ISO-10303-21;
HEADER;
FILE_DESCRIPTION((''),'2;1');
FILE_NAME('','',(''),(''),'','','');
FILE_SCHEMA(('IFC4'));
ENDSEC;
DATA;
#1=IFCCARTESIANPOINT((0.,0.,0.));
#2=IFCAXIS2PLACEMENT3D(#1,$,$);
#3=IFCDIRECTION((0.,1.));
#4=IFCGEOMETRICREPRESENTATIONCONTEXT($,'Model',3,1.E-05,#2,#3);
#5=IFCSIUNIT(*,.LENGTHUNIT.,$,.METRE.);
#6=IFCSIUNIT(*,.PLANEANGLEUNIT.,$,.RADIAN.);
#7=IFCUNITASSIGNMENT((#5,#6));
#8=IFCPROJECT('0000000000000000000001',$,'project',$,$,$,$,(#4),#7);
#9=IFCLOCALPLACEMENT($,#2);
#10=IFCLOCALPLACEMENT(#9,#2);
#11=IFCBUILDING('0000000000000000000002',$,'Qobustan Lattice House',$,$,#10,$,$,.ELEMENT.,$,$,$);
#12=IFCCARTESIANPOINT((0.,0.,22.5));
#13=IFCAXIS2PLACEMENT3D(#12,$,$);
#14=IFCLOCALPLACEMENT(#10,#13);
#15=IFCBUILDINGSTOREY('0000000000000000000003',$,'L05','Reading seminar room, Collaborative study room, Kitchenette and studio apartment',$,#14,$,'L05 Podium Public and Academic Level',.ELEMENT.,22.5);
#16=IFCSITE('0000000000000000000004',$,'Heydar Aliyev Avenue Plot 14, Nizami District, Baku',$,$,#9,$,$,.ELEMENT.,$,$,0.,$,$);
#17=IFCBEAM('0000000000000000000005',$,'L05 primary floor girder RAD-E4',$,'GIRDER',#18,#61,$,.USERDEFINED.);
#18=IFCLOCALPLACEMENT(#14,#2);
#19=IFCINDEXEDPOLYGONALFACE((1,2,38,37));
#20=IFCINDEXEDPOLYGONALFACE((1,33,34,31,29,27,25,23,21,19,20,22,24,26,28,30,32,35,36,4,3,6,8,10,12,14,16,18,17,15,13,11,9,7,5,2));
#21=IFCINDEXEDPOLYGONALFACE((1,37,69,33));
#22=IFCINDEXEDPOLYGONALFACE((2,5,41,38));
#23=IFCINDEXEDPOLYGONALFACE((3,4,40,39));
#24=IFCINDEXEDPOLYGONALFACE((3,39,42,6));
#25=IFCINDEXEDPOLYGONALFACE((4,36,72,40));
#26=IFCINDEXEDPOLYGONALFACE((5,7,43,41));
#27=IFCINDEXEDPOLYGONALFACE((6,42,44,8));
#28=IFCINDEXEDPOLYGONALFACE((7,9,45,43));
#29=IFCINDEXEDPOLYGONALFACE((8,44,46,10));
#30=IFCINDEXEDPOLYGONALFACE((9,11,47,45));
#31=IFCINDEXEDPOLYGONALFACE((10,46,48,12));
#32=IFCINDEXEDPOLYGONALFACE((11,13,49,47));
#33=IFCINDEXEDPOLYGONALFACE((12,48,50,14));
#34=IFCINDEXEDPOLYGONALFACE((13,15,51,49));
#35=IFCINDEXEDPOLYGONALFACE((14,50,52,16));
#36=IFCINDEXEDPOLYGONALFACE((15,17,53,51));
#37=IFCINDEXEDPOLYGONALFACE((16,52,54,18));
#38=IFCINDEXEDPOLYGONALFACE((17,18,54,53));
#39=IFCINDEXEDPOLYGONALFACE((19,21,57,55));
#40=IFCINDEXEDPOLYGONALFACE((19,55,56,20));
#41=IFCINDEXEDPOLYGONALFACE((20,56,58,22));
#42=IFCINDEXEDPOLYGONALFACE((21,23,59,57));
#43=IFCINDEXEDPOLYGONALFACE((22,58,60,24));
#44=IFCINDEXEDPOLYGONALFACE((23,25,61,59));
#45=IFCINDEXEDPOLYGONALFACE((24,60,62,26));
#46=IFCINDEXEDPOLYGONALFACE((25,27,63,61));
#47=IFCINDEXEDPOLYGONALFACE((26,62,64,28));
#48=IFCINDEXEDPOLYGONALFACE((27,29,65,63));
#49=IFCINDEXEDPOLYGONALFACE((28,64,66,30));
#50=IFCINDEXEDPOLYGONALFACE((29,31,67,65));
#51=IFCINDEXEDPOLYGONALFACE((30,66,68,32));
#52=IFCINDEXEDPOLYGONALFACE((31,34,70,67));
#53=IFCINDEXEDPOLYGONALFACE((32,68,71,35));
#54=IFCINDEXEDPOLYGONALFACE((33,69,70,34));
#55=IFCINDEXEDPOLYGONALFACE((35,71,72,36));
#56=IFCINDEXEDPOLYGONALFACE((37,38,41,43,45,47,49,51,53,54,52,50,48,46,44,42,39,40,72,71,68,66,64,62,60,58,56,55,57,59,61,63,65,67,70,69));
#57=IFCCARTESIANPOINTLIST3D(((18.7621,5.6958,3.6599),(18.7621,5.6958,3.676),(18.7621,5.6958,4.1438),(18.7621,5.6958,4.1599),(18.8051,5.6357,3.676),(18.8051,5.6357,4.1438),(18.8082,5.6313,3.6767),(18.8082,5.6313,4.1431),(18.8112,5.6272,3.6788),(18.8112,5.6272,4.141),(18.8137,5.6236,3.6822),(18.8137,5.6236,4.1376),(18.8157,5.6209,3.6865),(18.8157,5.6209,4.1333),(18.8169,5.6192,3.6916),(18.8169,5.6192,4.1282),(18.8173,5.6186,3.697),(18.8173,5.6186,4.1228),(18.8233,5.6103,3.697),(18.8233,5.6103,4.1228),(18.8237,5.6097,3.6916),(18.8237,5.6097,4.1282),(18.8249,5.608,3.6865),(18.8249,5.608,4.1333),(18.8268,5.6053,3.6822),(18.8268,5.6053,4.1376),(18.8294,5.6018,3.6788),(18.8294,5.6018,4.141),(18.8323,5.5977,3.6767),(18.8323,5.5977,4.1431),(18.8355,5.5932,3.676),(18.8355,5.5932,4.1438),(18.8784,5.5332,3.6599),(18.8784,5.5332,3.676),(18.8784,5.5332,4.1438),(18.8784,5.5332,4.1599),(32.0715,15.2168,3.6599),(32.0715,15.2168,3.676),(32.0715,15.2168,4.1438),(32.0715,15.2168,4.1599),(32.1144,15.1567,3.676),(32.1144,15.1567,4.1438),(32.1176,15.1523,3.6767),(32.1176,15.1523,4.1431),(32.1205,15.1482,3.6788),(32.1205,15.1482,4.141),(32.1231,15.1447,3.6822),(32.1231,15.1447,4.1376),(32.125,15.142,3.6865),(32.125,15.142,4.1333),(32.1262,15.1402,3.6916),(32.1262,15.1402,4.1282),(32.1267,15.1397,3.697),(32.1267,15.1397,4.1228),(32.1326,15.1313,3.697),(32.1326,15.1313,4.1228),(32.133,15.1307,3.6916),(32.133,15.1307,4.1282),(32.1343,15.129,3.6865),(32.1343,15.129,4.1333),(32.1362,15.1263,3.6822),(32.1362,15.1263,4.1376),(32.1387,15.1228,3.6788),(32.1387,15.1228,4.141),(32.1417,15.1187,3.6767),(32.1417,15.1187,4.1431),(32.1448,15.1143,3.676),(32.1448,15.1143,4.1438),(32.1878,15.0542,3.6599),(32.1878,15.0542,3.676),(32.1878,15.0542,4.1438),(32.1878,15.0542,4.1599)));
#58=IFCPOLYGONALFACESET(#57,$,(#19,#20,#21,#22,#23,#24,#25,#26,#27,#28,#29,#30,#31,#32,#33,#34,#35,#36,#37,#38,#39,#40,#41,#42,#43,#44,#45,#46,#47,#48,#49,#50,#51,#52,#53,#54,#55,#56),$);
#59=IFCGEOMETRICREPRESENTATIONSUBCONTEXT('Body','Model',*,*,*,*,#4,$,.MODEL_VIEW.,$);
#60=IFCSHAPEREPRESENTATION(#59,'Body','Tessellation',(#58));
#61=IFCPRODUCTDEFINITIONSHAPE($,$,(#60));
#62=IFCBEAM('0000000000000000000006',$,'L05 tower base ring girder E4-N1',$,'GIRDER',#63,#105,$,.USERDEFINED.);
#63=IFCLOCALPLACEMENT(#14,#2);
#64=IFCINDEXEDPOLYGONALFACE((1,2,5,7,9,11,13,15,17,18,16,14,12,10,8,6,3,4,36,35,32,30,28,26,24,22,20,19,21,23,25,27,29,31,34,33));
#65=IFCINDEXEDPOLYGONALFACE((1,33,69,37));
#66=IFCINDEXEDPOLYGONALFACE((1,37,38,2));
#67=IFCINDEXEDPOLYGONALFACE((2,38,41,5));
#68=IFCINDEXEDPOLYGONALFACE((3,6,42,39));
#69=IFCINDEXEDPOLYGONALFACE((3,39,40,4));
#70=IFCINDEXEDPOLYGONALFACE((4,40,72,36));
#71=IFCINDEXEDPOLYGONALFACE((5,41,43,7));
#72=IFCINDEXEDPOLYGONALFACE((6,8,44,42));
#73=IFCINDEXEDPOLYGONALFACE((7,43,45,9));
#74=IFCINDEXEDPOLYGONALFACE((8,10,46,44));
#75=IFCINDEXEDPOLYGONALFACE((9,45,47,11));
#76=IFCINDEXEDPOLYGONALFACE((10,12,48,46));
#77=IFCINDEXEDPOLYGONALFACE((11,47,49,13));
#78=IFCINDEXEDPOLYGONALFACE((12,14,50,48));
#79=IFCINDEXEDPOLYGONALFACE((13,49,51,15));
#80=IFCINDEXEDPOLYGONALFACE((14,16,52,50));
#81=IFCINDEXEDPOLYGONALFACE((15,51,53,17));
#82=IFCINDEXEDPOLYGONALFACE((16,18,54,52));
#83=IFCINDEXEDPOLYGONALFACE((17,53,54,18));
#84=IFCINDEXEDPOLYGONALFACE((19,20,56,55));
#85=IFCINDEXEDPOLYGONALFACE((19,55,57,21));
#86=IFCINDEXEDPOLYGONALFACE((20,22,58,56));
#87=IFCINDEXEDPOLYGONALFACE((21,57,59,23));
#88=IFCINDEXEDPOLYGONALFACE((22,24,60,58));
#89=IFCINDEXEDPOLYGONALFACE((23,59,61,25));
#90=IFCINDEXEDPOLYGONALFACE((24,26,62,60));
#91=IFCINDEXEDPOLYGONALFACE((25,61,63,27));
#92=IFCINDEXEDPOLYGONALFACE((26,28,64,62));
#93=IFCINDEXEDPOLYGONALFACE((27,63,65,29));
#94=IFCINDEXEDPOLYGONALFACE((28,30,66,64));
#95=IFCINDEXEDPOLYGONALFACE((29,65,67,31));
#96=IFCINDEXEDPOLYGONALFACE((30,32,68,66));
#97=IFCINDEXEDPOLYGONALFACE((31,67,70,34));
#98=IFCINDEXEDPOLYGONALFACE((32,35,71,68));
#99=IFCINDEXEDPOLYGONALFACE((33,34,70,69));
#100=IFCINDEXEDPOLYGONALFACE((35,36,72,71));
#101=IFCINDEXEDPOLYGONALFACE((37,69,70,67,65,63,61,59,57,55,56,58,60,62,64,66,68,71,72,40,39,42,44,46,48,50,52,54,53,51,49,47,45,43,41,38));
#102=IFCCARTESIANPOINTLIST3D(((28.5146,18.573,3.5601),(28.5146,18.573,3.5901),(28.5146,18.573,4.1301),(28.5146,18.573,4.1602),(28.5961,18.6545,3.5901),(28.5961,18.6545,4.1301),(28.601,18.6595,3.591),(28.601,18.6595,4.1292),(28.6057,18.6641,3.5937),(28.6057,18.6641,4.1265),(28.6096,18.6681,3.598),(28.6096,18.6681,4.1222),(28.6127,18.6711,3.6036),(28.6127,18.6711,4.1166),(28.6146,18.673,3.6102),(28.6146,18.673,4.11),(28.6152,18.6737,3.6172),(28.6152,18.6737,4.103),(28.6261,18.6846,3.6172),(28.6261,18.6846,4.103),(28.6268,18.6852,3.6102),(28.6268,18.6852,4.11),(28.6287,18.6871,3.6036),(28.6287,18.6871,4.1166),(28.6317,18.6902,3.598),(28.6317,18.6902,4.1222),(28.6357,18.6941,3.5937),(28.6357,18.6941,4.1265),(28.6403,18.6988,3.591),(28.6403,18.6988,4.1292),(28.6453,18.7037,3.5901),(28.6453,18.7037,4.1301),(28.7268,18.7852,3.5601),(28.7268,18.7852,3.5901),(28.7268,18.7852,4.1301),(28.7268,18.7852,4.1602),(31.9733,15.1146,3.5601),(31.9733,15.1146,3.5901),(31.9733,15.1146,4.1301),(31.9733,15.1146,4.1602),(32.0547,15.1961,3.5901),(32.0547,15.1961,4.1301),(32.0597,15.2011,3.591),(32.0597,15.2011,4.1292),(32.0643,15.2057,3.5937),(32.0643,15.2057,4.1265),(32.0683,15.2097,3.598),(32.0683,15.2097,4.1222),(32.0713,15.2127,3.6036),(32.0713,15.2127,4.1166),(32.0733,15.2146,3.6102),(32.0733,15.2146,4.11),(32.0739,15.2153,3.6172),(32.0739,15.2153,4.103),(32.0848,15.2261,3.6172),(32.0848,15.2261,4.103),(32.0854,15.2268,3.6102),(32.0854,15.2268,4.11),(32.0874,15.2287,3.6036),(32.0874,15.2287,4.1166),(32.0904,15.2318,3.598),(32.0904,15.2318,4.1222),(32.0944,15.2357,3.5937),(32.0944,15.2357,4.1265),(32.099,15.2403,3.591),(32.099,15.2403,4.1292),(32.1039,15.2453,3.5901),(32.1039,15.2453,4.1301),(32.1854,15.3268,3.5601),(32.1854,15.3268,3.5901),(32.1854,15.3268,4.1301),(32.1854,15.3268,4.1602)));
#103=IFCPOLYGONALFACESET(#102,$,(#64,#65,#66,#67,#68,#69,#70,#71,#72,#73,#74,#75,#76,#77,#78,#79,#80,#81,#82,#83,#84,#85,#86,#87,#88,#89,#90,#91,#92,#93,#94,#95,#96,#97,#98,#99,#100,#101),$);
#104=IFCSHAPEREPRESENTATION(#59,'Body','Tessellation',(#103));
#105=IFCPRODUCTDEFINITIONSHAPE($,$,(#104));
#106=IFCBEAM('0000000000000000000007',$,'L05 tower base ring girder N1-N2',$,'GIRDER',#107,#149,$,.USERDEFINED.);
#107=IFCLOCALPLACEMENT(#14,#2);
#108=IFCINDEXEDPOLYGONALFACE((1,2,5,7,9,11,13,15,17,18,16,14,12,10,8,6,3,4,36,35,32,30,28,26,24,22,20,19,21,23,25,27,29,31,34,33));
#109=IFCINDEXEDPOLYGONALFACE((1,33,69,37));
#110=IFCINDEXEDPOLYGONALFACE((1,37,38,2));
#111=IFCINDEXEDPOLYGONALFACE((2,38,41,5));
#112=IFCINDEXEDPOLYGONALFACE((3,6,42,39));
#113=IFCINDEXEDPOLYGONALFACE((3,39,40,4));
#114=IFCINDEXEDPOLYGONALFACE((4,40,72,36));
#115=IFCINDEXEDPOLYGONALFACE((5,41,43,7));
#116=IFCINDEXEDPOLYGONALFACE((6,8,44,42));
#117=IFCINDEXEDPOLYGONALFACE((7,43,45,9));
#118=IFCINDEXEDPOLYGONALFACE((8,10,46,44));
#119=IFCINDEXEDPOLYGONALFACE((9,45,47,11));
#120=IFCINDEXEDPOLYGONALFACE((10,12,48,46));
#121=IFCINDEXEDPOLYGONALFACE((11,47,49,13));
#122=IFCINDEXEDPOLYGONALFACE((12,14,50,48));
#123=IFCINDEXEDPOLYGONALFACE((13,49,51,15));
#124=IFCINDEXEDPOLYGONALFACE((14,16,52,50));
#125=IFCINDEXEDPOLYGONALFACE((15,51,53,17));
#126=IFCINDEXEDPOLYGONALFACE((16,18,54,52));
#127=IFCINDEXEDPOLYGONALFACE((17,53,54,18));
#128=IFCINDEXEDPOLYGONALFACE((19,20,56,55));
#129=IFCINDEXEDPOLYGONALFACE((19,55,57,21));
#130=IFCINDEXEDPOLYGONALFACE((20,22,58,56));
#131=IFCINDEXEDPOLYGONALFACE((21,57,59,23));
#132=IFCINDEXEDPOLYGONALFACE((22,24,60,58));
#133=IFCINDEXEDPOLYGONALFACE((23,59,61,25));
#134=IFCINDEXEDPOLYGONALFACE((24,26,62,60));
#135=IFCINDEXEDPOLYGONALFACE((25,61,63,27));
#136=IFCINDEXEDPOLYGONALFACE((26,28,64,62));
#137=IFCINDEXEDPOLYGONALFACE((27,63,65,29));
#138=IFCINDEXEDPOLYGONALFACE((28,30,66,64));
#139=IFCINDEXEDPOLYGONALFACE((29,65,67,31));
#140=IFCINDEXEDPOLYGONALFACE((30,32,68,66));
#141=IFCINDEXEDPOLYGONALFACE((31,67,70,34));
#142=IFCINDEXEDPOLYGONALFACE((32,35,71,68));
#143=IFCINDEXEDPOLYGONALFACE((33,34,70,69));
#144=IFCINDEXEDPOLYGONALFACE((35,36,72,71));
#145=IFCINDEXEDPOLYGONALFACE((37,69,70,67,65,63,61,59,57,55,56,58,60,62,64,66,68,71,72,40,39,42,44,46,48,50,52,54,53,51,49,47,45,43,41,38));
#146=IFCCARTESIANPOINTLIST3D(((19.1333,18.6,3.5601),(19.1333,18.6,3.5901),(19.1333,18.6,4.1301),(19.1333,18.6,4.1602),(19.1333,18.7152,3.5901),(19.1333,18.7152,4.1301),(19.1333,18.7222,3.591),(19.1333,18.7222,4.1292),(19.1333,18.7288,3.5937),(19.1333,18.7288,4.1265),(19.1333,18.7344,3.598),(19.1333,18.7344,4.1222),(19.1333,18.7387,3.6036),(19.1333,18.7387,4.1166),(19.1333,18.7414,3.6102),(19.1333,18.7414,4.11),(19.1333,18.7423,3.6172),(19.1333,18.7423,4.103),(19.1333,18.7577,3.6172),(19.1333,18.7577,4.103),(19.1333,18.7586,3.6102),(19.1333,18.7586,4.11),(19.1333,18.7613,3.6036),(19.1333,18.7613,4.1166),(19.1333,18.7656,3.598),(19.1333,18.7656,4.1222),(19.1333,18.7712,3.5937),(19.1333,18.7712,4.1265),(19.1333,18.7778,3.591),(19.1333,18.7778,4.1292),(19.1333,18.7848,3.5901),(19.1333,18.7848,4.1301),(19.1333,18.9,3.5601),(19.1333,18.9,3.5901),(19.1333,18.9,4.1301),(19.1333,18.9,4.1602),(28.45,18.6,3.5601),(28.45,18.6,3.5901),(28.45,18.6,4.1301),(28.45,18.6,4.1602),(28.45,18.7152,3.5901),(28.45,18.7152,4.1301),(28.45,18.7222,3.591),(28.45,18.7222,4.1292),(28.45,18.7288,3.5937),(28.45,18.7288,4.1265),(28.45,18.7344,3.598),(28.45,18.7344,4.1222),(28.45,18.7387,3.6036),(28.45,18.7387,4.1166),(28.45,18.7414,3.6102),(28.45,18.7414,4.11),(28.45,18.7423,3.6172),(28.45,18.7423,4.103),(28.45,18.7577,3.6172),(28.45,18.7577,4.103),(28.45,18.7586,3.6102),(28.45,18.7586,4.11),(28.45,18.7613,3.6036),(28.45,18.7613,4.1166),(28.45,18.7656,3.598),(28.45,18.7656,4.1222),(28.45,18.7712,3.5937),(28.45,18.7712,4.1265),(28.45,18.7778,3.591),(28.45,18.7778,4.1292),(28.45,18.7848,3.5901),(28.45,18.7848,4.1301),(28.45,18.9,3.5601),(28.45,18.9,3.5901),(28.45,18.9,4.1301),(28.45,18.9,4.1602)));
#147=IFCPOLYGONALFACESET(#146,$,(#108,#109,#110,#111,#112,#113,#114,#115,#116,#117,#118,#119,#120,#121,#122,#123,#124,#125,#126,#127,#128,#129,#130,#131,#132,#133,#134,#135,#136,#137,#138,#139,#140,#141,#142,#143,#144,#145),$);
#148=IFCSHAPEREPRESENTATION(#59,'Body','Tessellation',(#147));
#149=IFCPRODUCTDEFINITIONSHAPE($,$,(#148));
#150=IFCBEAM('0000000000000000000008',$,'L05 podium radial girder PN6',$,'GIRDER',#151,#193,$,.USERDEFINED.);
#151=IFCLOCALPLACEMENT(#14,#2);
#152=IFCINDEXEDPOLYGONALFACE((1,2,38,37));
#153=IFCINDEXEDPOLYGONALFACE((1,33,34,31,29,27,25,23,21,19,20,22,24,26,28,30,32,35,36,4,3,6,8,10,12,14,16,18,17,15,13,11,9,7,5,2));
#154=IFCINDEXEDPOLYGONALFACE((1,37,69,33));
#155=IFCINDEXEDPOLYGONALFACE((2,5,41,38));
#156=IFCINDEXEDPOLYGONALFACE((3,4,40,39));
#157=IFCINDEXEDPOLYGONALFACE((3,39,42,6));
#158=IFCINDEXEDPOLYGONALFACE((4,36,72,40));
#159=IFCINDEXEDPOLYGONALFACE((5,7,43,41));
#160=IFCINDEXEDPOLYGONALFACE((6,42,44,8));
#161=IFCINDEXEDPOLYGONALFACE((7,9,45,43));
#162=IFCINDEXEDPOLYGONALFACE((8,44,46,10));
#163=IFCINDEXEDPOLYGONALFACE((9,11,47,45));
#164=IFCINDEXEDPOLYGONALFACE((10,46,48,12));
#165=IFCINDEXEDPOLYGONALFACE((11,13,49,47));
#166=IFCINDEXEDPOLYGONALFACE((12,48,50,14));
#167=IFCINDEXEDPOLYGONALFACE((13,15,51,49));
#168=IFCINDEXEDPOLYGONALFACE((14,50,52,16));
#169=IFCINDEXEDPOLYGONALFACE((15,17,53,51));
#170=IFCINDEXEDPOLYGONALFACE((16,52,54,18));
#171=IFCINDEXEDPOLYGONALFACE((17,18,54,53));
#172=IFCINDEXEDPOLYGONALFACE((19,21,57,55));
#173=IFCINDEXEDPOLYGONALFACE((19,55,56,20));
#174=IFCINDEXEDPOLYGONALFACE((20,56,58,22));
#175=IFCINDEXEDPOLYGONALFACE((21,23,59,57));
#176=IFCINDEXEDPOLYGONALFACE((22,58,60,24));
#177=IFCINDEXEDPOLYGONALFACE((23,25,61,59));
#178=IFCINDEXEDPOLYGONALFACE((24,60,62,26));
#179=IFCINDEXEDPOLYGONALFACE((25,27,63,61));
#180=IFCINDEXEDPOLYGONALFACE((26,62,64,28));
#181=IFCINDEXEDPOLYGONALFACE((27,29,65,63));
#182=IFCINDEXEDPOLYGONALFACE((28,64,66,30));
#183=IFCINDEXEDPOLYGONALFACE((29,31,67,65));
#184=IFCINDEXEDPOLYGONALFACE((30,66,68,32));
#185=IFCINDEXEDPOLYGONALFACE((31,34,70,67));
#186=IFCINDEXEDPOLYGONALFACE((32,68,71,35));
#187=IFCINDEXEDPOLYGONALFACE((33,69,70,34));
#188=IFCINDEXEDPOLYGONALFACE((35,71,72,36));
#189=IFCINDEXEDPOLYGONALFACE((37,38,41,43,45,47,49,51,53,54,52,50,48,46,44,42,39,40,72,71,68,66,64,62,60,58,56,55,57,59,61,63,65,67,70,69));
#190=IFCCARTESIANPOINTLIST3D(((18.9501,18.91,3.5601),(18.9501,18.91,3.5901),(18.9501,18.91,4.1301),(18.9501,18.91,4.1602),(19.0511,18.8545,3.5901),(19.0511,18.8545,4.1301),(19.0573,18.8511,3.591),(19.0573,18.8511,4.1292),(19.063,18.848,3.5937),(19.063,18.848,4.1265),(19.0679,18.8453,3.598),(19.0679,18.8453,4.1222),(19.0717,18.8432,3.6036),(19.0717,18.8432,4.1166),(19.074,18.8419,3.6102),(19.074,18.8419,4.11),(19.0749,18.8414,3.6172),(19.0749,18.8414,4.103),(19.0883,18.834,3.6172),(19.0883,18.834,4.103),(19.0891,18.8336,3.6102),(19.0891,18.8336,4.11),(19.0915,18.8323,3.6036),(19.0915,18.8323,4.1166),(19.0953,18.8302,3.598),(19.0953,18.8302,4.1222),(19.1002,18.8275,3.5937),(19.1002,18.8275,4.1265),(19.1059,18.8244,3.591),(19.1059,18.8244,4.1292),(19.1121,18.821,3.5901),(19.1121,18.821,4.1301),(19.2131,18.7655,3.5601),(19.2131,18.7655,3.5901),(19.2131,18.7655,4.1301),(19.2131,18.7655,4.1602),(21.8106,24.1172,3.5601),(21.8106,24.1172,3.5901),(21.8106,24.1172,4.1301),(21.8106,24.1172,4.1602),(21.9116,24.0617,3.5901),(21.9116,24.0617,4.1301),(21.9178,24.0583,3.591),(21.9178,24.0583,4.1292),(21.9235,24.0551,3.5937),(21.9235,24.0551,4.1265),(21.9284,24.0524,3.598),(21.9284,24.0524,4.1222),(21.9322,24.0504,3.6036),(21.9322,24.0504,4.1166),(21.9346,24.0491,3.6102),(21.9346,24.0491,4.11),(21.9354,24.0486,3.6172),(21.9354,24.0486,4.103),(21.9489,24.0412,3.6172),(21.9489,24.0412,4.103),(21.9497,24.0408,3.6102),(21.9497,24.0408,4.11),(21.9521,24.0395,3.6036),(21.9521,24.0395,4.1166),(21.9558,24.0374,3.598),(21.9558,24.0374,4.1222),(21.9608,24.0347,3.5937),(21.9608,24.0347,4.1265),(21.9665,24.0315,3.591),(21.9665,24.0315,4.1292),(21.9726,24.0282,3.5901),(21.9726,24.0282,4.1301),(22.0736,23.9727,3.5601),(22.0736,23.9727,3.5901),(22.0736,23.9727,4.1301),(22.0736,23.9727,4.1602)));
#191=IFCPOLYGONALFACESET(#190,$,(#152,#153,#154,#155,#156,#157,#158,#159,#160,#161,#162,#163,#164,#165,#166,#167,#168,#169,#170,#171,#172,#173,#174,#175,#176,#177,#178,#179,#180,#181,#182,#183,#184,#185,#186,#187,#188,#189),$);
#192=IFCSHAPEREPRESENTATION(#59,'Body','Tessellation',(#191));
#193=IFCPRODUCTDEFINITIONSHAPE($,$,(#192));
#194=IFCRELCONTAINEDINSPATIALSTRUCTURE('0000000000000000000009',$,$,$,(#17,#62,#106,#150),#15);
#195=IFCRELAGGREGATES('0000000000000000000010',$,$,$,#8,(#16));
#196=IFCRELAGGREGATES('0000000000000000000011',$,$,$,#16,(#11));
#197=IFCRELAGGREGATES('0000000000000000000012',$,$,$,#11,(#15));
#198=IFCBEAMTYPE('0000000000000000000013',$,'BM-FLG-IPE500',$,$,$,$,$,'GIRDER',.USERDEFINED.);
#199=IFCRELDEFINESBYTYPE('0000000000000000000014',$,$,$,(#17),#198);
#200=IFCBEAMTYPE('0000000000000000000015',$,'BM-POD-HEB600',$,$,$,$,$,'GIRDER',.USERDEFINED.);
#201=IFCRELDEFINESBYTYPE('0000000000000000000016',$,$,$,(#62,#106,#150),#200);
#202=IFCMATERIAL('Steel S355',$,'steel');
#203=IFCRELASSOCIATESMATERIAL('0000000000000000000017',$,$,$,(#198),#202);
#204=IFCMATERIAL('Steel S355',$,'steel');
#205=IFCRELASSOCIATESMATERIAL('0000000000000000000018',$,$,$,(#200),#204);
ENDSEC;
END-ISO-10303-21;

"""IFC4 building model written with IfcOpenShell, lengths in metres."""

from ifc_helpers import new_model, si_unit, direction, frame, origin, origin_2d, place, context, subcontext, project, spatial, i_section, extrude, material, material_profile, profile_set, type_object, element, save


model = new_model("IFC4")

# Units and contexts
model_context = context("Model", 3, precision=1e-05, world=origin(), true_north=direction((0.0, 1.0)))
body_context = subcontext(model_context, "Body", "Model", "MODEL_VIEW")
ifc_project = project(units=[si_unit("LENGTHUNIT", "METRE"), si_unit("PLANEANGLEUNIT", "RADIAN")], contexts=[model_context])

# Site, building, storey
site_placement = place(None, origin())
site = spatial("IfcSite", under=ifc_project, at=site_placement, Name="Heydar Aliyev Avenue Plot 14, Nizami District, Baku", CompositionType="ELEMENT", RefElevation=0.0)
building_placement = place(site_placement, origin())
building = spatial("IfcBuilding", under=site, at=building_placement, Name="Qobustan Lattice House", CompositionType="ELEMENT")
storey_placement = place(building_placement, frame((0.0, 0.0, 22.5)))
storey = spatial("IfcBuildingStorey", under=building, at=storey_placement, Name="L05", Description="Reading seminar room, Collaborative study room, Kitchenette and studio apartment", LongName="L05 Podium Public and Academic Level", CompositionType="ELEMENT", Elevation=22.5)

# Beams
ifc_material_1 = material(Name="Steel S355", Category="steel")
ifc_material_profile_1 = material_profile(ifc_material_1, i_section(OverallWidth=0.2, OverallDepth=0.5, WebThickness=0.0103, FlangeThickness=0.0161, FilletRadius=0.021, at=origin_2d()), Name="IPE500")
ifc_profile_set_1 = profile_set([ifc_material_profile_1], Name="Steel S355")
beam_type_1 = type_object("IfcBeamType", Name="BM-FLG-IPE500", ElementType="GIRDER", PredefinedType="USERDEFINED", material=ifc_profile_set_1)
beam_1_placement = place(storey_placement, frame((32.1296, 15.1355, 3.9099), z_axis=(-0.813319, -0.581818, 0.0), x_axis=(0.581818, -0.813319, 0.0)))
element("IfcBeam", 1, at=beam_1_placement, inside=storey, type_object=beam_type_1, Name="L05 primary floor girder RAD-E4", ObjectType="GIRDER", PredefinedType="USERDEFINED", context=body_context, shape_type="SweptSolid", body=[
    extrude(i_section(OverallWidth=0.2, OverallDepth=0.5, WebThickness=0.0103, FlangeThickness=0.0161, FilletRadius=0.021, at=origin_2d()), origin(), (0.0, 0.0, 1.0), 16.3643),
])
ifc_material_2 = material(Name="Steel S355", Category="steel")
ifc_material_profile_2 = material_profile(ifc_material_2, i_section(OverallWidth=0.3, OverallDepth=0.6001, WebThickness=0.0154, FlangeThickness=0.03, FilletRadius=0.0271, at=origin_2d()), Name="HEB600")
ifc_profile_set_2 = profile_set([ifc_material_profile_2], Name="Steel S355")
beam_type_2 = type_object("IfcBeamType", Name="BM-POD-HEB600", ElementType="GIRDER", PredefinedType="USERDEFINED", material=ifc_profile_set_2)
beam_2_placement = place(storey_placement, frame((32.0793, 15.2207, 3.8601), z_axis=(-0.707132, 0.707082, 0.0), x_axis=(-0.707082, -0.707132, 0.0)))
element("IfcBeam", 2, at=beam_2_placement, inside=storey, type_object=beam_type_2, Name="L05 tower base ring girder E4-N1", ObjectType="GIRDER", PredefinedType="USERDEFINED", context=body_context, shape_type="SweptSolid", body=[
    extrude(i_section(OverallWidth=0.3, OverallDepth=0.6001, WebThickness=0.0154, FlangeThickness=0.03, FilletRadius=0.0271, at=origin_2d()), origin(), (0.0, 0.0, 1.0), 4.8911),
])
beam_3_placement = place(storey_placement, frame((28.45, 18.75, 3.8601), z_axis=(-1.0, 0.0, 0.0), x_axis=(0.0, -1.0, 0.0)))
element("IfcBeam", 3, at=beam_3_placement, inside=storey, type_object=beam_type_2, Name="L05 tower base ring girder N1-N2", ObjectType="GIRDER", PredefinedType="USERDEFINED", context=body_context, shape_type="SweptSolid", body=[
    extrude(i_section(OverallWidth=0.3, OverallDepth=0.6001, WebThickness=0.0154, FlangeThickness=0.03, FilletRadius=0.0271, at=origin_2d()), origin(), (0.0, 0.0, 1.0), 9.3167),
])
beam_4_placement = place(storey_placement, frame((21.9421, 24.0449, 3.8601), z_axis=(-0.481479, -0.876458, 0.0), x_axis=(0.876458, -0.481479, 0.0)))
element("IfcBeam", 4, at=beam_4_placement, inside=storey, type_object=beam_type_2, Name="L05 podium radial girder PN6", ObjectType="GIRDER", PredefinedType="USERDEFINED", context=body_context, shape_type="SweptSolid", body=[
    extrude(i_section(OverallWidth=0.3, OverallDepth=0.6001, WebThickness=0.0154, FlangeThickness=0.03, FilletRadius=0.0271, at=origin_2d()), origin(), (0.0, 0.0, 1.0), 5.9412),
])

save(model, "model.ifc")
